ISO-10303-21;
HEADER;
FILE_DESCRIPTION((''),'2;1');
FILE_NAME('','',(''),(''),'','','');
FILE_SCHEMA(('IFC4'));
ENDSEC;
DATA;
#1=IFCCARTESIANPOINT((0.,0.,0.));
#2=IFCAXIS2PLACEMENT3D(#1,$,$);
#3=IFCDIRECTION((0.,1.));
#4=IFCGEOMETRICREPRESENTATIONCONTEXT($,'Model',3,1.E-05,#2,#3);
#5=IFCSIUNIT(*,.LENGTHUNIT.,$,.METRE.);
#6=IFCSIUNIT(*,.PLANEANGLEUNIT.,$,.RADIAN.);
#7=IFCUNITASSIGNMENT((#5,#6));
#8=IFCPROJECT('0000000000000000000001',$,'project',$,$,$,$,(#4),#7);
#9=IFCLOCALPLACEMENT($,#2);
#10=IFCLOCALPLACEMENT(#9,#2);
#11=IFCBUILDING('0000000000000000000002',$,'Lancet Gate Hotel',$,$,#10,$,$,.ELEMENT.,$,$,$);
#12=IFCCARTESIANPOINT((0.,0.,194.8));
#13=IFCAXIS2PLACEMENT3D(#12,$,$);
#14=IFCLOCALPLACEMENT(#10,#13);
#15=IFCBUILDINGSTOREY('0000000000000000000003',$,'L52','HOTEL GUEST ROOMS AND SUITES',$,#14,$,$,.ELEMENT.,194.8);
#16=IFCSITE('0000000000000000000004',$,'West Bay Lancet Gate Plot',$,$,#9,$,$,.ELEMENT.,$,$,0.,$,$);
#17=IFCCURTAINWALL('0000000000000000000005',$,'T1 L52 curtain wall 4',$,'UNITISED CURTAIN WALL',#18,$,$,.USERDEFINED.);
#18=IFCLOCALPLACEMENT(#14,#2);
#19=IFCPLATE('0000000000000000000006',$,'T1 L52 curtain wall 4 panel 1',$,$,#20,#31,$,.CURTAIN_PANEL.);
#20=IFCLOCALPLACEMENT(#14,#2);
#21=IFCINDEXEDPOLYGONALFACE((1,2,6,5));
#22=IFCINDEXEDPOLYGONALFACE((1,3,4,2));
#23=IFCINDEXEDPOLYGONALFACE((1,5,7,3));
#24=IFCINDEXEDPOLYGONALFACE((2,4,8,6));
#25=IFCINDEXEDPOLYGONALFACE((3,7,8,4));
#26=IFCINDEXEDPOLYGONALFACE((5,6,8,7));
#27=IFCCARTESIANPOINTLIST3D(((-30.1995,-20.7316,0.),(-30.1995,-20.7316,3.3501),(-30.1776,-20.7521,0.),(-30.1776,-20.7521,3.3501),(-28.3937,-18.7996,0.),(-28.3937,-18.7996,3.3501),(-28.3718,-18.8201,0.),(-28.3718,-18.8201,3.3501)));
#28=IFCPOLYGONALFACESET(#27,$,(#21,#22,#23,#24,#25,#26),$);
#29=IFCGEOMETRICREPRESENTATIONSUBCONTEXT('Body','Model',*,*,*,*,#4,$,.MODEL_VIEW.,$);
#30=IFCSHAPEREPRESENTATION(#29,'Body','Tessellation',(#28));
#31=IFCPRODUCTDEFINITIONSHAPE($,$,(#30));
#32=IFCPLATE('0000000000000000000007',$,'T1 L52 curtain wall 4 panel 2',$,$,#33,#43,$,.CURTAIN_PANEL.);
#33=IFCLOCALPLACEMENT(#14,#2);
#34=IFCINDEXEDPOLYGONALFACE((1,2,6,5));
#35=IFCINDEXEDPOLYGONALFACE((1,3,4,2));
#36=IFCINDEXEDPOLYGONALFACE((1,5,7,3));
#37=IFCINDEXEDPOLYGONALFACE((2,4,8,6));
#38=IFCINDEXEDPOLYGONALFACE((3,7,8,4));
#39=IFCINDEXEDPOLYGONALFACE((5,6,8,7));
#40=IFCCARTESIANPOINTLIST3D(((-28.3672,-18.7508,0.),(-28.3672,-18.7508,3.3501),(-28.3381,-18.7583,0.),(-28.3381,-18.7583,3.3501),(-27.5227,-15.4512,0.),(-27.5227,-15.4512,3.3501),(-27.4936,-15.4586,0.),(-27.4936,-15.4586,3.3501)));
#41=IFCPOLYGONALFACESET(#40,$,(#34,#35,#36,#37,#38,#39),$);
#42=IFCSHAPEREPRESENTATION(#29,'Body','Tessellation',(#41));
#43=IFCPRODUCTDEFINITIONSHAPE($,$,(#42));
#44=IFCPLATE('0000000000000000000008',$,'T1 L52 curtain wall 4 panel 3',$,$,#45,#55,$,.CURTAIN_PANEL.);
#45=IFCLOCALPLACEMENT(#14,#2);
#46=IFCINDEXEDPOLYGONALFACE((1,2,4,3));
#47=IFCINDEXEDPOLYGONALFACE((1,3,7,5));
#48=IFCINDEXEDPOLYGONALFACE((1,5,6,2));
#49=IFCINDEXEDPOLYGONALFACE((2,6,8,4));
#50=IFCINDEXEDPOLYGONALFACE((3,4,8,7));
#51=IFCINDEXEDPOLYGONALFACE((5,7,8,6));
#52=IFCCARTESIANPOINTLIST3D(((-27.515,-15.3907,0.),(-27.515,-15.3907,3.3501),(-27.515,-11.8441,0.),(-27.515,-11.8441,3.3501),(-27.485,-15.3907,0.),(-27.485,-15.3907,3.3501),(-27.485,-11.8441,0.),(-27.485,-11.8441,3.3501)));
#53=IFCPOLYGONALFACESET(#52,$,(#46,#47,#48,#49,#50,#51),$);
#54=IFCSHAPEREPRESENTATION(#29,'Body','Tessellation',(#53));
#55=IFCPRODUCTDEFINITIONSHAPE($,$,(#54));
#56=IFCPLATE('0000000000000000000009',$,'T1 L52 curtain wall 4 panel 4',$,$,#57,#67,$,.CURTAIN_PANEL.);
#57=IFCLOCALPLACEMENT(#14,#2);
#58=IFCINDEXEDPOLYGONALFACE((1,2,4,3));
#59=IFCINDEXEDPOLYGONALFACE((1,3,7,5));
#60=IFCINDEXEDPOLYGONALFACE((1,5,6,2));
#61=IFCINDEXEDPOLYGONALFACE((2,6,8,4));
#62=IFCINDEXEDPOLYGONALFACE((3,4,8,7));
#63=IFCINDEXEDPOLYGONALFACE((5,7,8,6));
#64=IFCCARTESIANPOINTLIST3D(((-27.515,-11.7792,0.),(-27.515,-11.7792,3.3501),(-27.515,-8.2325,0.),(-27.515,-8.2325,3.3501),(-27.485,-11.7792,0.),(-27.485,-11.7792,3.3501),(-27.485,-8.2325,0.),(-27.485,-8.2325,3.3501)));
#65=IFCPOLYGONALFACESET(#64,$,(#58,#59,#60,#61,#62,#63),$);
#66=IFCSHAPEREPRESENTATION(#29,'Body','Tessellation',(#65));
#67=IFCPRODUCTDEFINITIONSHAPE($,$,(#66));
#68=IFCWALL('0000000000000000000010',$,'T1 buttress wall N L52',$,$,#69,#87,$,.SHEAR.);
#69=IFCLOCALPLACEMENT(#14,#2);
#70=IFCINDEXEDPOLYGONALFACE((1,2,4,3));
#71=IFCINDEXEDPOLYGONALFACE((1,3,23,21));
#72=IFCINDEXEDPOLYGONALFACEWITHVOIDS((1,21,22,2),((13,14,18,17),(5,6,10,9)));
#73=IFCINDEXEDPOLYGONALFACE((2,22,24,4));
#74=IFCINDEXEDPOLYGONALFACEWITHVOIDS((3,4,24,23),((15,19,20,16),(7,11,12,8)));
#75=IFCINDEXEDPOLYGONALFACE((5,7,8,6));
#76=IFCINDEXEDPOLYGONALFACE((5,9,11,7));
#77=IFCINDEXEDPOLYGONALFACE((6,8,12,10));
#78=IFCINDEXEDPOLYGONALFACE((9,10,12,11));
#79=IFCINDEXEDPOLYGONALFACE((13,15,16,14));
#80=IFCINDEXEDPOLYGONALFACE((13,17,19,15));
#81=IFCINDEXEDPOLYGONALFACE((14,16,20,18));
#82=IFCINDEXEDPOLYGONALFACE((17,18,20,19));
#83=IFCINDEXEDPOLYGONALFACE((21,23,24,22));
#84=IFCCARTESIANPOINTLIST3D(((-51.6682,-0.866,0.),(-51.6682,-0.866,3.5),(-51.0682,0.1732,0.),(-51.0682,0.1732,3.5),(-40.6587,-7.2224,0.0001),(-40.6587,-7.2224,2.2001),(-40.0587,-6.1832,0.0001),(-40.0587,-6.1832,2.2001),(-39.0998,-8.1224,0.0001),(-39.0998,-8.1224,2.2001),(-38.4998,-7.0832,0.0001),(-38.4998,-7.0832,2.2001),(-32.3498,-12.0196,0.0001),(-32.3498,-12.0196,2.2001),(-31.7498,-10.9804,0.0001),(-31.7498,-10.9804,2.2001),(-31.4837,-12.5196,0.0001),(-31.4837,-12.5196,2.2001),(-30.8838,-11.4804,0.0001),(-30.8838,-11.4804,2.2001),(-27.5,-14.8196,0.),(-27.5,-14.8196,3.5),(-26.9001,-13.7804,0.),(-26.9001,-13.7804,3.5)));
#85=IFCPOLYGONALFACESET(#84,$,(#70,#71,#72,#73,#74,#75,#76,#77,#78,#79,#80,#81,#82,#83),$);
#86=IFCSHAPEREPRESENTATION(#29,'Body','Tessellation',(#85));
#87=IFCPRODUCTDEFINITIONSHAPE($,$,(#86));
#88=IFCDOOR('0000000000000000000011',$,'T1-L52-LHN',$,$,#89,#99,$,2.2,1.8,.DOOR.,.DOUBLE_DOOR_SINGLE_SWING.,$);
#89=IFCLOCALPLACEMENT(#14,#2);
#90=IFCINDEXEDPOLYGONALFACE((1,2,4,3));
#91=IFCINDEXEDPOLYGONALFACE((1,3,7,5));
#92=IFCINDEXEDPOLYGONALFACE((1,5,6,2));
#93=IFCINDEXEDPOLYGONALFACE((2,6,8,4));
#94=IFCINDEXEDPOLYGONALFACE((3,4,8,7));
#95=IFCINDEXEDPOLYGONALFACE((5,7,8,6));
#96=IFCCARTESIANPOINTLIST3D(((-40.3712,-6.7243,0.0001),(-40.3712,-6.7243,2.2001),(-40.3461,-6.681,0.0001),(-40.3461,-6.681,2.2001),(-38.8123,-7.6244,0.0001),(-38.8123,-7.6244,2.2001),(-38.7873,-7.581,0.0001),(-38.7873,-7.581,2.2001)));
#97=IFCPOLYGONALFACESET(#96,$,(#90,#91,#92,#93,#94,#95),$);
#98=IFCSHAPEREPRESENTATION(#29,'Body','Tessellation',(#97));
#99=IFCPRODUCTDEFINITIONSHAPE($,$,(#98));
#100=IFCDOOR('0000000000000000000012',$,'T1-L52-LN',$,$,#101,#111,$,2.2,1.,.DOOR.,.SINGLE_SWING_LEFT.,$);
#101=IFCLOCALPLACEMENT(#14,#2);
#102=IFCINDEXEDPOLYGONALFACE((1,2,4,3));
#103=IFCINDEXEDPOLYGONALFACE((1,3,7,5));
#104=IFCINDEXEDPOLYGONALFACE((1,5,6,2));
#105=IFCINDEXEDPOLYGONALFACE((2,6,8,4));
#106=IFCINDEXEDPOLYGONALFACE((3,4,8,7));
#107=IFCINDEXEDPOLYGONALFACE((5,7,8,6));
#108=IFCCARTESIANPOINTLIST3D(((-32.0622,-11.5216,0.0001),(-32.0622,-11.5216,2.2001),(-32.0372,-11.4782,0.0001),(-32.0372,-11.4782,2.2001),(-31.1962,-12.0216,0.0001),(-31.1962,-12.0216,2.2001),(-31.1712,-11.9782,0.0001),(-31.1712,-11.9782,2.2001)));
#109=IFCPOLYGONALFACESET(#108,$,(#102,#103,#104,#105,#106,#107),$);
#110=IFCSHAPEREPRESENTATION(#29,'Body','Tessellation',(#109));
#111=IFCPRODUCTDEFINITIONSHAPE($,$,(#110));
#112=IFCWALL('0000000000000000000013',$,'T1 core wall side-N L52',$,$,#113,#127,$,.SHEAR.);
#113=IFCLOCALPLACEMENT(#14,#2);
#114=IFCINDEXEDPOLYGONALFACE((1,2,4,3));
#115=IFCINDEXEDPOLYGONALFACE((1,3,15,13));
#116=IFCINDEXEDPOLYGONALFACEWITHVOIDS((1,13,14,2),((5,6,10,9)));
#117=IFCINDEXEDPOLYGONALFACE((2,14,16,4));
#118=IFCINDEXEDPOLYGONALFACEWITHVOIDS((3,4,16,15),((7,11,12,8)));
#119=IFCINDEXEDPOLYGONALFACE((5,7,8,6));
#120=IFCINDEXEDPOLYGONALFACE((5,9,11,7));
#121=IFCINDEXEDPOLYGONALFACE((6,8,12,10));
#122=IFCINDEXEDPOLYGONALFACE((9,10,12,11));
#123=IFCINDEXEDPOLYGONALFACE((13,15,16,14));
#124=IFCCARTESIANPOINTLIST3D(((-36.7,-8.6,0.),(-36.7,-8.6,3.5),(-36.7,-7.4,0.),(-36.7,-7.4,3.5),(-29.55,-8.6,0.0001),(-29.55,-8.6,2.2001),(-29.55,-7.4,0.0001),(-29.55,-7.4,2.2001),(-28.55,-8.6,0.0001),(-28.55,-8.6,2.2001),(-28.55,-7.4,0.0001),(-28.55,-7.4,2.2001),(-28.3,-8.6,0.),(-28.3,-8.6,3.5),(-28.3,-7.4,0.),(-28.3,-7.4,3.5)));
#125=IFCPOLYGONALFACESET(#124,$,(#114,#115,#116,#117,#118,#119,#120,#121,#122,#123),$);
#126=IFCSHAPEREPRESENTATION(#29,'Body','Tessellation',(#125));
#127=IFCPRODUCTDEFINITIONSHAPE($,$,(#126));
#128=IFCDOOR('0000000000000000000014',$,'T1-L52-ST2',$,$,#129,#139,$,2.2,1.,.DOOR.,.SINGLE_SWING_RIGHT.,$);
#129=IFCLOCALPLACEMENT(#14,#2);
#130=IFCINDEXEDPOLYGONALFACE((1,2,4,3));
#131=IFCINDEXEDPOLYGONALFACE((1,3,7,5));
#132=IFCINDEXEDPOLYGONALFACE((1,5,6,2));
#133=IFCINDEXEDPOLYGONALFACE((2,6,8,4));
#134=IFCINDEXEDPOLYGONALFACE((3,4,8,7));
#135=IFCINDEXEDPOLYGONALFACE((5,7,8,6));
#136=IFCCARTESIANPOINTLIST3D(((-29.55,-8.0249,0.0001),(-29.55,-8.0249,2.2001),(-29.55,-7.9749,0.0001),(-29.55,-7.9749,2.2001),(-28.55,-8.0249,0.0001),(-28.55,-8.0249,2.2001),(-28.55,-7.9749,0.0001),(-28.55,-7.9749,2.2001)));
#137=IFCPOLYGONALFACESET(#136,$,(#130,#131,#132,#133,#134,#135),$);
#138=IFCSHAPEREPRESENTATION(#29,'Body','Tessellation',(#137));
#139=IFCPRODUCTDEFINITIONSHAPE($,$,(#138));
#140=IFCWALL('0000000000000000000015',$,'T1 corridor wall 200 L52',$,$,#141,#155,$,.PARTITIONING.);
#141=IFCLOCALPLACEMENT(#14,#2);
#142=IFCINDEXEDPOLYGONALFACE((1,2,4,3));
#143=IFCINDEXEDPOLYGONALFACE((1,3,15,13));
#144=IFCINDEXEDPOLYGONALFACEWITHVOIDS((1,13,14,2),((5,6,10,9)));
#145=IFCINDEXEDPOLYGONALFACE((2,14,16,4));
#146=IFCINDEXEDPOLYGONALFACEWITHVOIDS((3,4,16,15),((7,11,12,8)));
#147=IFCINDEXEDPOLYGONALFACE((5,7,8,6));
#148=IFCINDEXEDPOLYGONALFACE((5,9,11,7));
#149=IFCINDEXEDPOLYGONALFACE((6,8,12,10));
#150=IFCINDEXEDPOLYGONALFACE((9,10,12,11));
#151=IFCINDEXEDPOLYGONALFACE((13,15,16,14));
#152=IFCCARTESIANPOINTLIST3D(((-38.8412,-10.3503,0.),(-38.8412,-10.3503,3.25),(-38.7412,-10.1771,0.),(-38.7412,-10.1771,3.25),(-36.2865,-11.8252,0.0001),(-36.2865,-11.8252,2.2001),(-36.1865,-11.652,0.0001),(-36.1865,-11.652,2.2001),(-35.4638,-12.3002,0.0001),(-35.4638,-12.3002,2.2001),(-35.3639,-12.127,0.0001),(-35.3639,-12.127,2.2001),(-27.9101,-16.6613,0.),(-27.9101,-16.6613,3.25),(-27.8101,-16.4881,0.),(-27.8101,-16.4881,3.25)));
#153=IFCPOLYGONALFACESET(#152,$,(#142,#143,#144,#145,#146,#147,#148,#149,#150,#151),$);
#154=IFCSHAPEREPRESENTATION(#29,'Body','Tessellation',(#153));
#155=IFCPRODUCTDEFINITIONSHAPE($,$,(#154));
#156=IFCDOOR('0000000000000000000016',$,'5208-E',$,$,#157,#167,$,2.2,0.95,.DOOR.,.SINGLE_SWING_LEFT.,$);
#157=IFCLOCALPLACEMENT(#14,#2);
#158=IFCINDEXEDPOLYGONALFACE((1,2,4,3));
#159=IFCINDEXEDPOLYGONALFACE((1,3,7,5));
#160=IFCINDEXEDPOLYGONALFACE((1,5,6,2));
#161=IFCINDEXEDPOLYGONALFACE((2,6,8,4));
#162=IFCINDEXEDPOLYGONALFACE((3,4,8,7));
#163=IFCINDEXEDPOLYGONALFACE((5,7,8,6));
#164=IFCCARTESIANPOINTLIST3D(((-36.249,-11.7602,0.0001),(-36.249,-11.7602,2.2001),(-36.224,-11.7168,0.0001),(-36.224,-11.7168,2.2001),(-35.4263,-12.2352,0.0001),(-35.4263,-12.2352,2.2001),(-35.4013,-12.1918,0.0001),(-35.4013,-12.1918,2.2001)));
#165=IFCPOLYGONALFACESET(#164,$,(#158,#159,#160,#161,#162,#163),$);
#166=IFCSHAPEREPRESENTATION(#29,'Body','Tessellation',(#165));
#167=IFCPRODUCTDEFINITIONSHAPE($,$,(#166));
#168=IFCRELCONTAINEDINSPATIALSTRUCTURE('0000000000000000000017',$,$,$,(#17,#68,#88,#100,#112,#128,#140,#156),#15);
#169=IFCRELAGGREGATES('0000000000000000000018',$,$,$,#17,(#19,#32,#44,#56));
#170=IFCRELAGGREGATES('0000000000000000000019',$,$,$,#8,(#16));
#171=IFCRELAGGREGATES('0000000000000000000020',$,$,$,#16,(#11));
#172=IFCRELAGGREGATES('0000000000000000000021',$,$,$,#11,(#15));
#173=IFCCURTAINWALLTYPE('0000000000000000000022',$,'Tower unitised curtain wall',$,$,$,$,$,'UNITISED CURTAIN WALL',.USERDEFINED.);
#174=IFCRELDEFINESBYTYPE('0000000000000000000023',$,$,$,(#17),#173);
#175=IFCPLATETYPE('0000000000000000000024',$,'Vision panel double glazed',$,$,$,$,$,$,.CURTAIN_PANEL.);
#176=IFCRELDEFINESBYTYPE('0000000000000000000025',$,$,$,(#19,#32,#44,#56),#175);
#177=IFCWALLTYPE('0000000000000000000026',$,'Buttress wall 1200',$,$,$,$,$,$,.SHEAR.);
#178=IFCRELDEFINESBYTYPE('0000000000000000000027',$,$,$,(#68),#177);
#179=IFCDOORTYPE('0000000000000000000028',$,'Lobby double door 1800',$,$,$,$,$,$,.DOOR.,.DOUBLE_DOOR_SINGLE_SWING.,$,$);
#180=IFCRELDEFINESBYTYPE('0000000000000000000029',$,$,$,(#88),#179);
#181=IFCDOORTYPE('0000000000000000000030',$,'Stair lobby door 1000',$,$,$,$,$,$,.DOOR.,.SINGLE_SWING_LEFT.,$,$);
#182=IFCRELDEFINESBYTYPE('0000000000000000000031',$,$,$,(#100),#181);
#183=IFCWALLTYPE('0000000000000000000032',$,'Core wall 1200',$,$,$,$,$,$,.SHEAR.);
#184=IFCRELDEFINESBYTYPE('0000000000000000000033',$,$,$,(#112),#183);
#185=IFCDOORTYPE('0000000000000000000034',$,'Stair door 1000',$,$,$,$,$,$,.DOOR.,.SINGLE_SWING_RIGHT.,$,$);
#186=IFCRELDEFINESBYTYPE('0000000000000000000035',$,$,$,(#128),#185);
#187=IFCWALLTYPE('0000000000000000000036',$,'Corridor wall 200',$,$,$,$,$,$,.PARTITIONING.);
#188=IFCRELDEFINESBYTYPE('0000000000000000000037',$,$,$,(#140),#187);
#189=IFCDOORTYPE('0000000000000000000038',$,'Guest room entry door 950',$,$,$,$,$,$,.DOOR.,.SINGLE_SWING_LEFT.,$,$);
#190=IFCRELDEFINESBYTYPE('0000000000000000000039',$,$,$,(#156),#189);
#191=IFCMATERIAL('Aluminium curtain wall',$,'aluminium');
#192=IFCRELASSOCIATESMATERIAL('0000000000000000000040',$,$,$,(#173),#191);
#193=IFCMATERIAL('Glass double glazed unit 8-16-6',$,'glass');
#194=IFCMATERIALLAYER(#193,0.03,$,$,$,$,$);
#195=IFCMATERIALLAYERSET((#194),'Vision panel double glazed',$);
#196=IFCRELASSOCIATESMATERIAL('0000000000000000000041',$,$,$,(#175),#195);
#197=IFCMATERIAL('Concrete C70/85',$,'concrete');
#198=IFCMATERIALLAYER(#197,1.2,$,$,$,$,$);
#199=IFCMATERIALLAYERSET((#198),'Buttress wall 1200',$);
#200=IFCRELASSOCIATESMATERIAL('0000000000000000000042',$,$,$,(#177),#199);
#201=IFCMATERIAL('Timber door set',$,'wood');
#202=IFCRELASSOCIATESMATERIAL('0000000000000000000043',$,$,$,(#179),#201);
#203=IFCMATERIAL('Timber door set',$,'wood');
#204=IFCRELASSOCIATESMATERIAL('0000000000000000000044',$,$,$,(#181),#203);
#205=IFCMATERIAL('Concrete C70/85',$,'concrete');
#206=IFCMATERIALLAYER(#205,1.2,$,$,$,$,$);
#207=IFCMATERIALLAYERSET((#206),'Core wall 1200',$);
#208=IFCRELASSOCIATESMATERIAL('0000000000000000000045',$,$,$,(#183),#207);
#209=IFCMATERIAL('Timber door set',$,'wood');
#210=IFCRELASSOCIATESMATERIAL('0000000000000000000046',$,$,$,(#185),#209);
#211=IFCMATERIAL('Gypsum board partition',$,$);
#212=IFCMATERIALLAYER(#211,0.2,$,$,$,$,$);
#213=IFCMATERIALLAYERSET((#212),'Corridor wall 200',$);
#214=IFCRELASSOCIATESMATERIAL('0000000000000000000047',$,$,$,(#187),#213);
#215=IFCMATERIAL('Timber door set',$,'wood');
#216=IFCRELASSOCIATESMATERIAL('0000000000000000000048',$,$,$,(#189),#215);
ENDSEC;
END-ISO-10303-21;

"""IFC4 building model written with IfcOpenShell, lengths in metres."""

from ifc_helpers import new_model, si_unit, direction, frame, frame_2d, origin, origin_2d, place, context, subcontext, project, spatial, rectangle, extrude, material, layer, layer_set, type_object, element, fill, aggregate, save


model = new_model("IFC4")

# Units and contexts
model_context = context("Model", 3, precision=1e-05, world=origin(), true_north=direction((0.0, 1.0)))
body_context = subcontext(model_context, "Body", "Model", "MODEL_VIEW")
ifc_project = project(units=[si_unit("LENGTHUNIT", "METRE"), si_unit("PLANEANGLEUNIT", "RADIAN")], contexts=[model_context])

# Site, building, storey
site_placement = place(None, origin())
site = spatial("IfcSite", under=ifc_project, at=site_placement, Name="West Bay Lancet Gate Plot", CompositionType="ELEMENT", RefElevation=0.0)
building_placement = place(site_placement, origin())
building = spatial("IfcBuilding", under=site, at=building_placement, Name="Lancet Gate Hotel", CompositionType="ELEMENT")
storey_placement = place(building_placement, frame((0.0, 0.0, 194.8)))
storey = spatial("IfcBuildingStorey", under=building, at=storey_placement, Name="L52", Description="HOTEL GUEST ROOMS AND SUITES", CompositionType="ELEMENT", Elevation=194.8)

# Curtain wall
ifc_material_1 = material(Name="Aluminium curtain wall", Category="aluminium")
curtain_wall_type = type_object("IfcCurtainWallType", Name="Tower unitised curtain wall", ElementType="UNITISED CURTAIN WALL", PredefinedType="USERDEFINED", material=ifc_material_1)
curtain_wall_placement = place(storey_placement, origin())
curtain_wall = element("IfcCurtainWall", 1, at=curtain_wall_placement, inside=storey, type_object=curtain_wall_type, Name="T1 L52 curtain wall 4", ObjectType="UNITISED CURTAIN WALL", PredefinedType="USERDEFINED")

# Plates
ifc_material_2 = material(Name="Glass double glazed unit 8-16-6", Category="glass")
ifc_layer_1 = layer(ifc_material_2, 0.03)
ifc_layer_set_1 = layer_set([ifc_layer_1], Name="Vision panel double glazed")
plate_type = type_object("IfcPlateType", Name="Vision panel double glazed", PredefinedType="CURTAIN_PANEL", material=ifc_layer_set_1)
plate_1_placement = place(storey_placement, frame((-29.2856, -19.7759, 0.0), z_axis=(0.0, 0.0, 1.0), x_axis=(0.682845, 0.730563, 0.0)))
plate_1 = element("IfcPlate", 2, at=plate_1_placement, type_object=plate_type, Name="T1 L52 curtain wall 4 panel 1", PredefinedType="CURTAIN_PANEL", context=body_context, shape_type="SweptSolid", body=[
    extrude(rectangle(XDim=2.6445, YDim=0.03, at=origin_2d()), origin(), (0.0, 0.0, 1.0), 3.3501),
])
plate_2_placement = place(storey_placement, frame((-27.9304, -17.1047, 0.0), z_axis=(0.0, 0.0, 1.0), x_axis=(0.247937, 0.968776, 0.0)))
plate_2 = element("IfcPlate", 3, at=plate_2_placement, type_object=plate_type, Name="T1 L52 curtain wall 4 panel 2", PredefinedType="CURTAIN_PANEL", context=body_context, shape_type="SweptSolid", body=[
    extrude(rectangle(XDim=3.406, YDim=0.03, at=origin_2d()), origin(), (0.0, 0.0, 1.0), 3.3501),
])
plate_3_placement = place(storey_placement, frame((-27.5, -13.6174, 0.0), z_axis=(0.0, 0.0, 1.0), x_axis=(0.0, 1.0, 0.0)))
plate_3 = element("IfcPlate", 4, at=plate_3_placement, type_object=plate_type, Name="T1 L52 curtain wall 4 panel 3", PredefinedType="CURTAIN_PANEL", context=body_context, shape_type="SweptSolid", body=[
    extrude(rectangle(XDim=3.5466, YDim=0.03, at=origin_2d()), origin(), (0.0, 0.0, 1.0), 3.3501),
])
plate_4_placement = place(storey_placement, frame((-27.5, -10.0059, 0.0), z_axis=(0.0, 0.0, 1.0), x_axis=(0.0, 1.0, 0.0)))
plate_4 = element("IfcPlate", 5, at=plate_4_placement, type_object=plate_type, Name="T1 L52 curtain wall 4 panel 4", PredefinedType="CURTAIN_PANEL", context=body_context, shape_type="SweptSolid", body=[
    extrude(rectangle(XDim=3.5466, YDim=0.03, at=origin_2d()), origin(), (0.0, 0.0, 1.0), 3.3501),
])
aggregate(curtain_wall, [plate_1, plate_2, plate_3, plate_4])

# Wall, openings, doors
ifc_material_3 = material(Name="Concrete C70/85", Category="concrete")
ifc_layer_2 = layer(ifc_material_3, 1.2)
ifc_layer_set_2 = layer_set([ifc_layer_2], Name="Buttress wall 1200")
wall_type_1 = type_object("IfcWallType", Name="Buttress wall 1200", PredefinedType="SHEAR", material=ifc_layer_set_2)
wall_1_placement = place(storey_placement, frame((-27.2, -14.3, 0.0), z_axis=(0.0, 0.0, 1.0), x_axis=(-0.866024, 0.500002, 0.0)))
wall_1 = element("IfcWall", 6, at=wall_1_placement, inside=storey, type_object=wall_type_1, Name="T1 buttress wall N L52", PredefinedType="SHEAR", context=body_context, shape_type="SweptSolid", body=[
    extrude(rectangle(XDim=27.907, YDim=1.2, at=frame_2d((13.9536, 0.0))), origin(), (0.0, 0.0, 1.0), 3.5),
])
opening_1_placement = place(wall_1_placement, frame((4.6001, 0.0, 0.0)))
opening_1 = element("IfcOpeningElement", 7, at=opening_1_placement, cuts=wall_1, PredefinedType="OPENING", context=body_context, shape_type="SweptSolid", body=[
    extrude(rectangle(XDim=1.0, YDim=2.2, at=frame_2d((0.5, 1.1001))), frame((0.0, 0.6099, 0.0), z_axis=(0.0, -1.0, 0.0), x_axis=(1.0, 0.0, 0.0)), (0.0, 0.0, 1.0), 1.22),
])
opening_2_placement = place(wall_1_placement, frame((13.3945, 0.0, 0.0)))
opening_2 = element("IfcOpeningElement", 8, at=opening_2_placement, cuts=wall_1, PredefinedType="OPENING", context=body_context, shape_type="SweptSolid", body=[
    extrude(rectangle(XDim=1.8, YDim=2.2, at=frame_2d((0.8999, 1.1001))), frame((0.0, 0.6099, 0.0), z_axis=(0.0, -1.0, 0.0), x_axis=(1.0, 0.0, 0.0)), (0.0, 0.0, 1.0), 1.22),
])
ifc_material_4 = material(Name="Timber door set", Category="wood")
door_type_1 = type_object("IfcDoorType", Name="Lobby double door 1800", OperationType="DOUBLE_DOOR_SINGLE_SWING", PredefinedType="DOOR", material=ifc_material_4)
door_1_placement = place(opening_2_placement, origin())
door_1 = element("IfcDoor", 9, at=door_1_placement, inside=storey, type_object=door_type_1, Name="T1-L52-LHN", OperationType="DOUBLE_DOOR_SINGLE_SWING", OverallHeight=2.2, OverallWidth=1.8, PredefinedType="DOOR", context=body_context, shape_type="SweptSolid", body=[
    extrude(rectangle(XDim=1.8, YDim=2.2, at=frame_2d((0.8999, 1.1001))), frame((0.0, 0.0249, 0.0), z_axis=(0.0, -1.0, 0.0), x_axis=(1.0, 0.0, 0.0)), (0.0, 0.0, 1.0), 0.05),
])
fill(opening_2, door_1)
ifc_material_5 = material(Name="Timber door set", Category="wood")
door_type_2 = type_object("IfcDoorType", Name="Stair lobby door 1000", OperationType="SINGLE_SWING_LEFT", PredefinedType="DOOR", material=ifc_material_5)
door_2_placement = place(opening_1_placement, origin())
door_2 = element("IfcDoor", 10, at=door_2_placement, inside=storey, type_object=door_type_2, Name="T1-L52-LN", OperationType="SINGLE_SWING_LEFT", OverallHeight=2.2, OverallWidth=1.0, PredefinedType="DOOR", context=body_context, shape_type="SweptSolid", body=[
    extrude(rectangle(XDim=1.0, YDim=2.2, at=frame_2d((0.5, 1.1001))), frame((0.0, 0.0249, 0.0), z_axis=(0.0, -1.0, 0.0), x_axis=(1.0, 0.0, 0.0)), (0.0, 0.0, 1.0), 0.05),
])
fill(opening_1, door_2)

# Walls, openings, doors
ifc_material_6 = material(Name="Concrete C70/85", Category="concrete")
ifc_layer_3 = layer(ifc_material_6, 1.2)
ifc_layer_set_3 = layer_set([ifc_layer_3], Name="Core wall 1200")
wall_type_2 = type_object("IfcWallType", Name="Core wall 1200", PredefinedType="SHEAR", material=ifc_layer_set_3)
wall_2_placement = place(storey_placement, frame((-28.3, -8.0, 0.0), z_axis=(0.0, 0.0, 1.0), x_axis=(-1.0, 0.0, 0.0)))
wall_2 = element("IfcWall", 11, at=wall_2_placement, inside=storey, type_object=wall_type_2, Name="T1 core wall side-N L52", PredefinedType="SHEAR", context=body_context, shape_type="SweptSolid", body=[
    extrude(rectangle(XDim=8.3999, YDim=1.2, at=frame_2d((4.2, 0.0))), origin(), (0.0, 0.0, 1.0), 3.5),
])
opening_3_placement = place(wall_2_placement, frame((0.25, 0.0, 0.0)))
opening_3 = element("IfcOpeningElement", 12, at=opening_3_placement, cuts=wall_2, PredefinedType="OPENING", context=body_context, shape_type="SweptSolid", body=[
    extrude(rectangle(XDim=1.0, YDim=2.2, at=frame_2d((0.5, 1.1001))), frame((0.0, 0.6099, 0.0), z_axis=(0.0, -1.0, 0.0), x_axis=(1.0, 0.0, 0.0)), (0.0, 0.0, 1.0), 1.22),
])
ifc_material_7 = material(Name="Timber door set", Category="wood")
door_type_3 = type_object("IfcDoorType", Name="Stair door 1000", OperationType="SINGLE_SWING_RIGHT", PredefinedType="DOOR", material=ifc_material_7)
door_3_placement = place(opening_3_placement, origin())
door_3 = element("IfcDoor", 13, at=door_3_placement, inside=storey, type_object=door_type_3, Name="T1-L52-ST2", OperationType="SINGLE_SWING_RIGHT", OverallHeight=2.2, OverallWidth=1.0, PredefinedType="DOOR", context=body_context, shape_type="SweptSolid", body=[
    extrude(rectangle(XDim=1.0, YDim=2.2, at=frame_2d((0.5, 1.1001))), frame((0.0, 0.0249, 0.0), z_axis=(0.0, -1.0, 0.0), x_axis=(1.0, 0.0, 0.0)), (0.0, 0.0, 1.0), 0.05),
])
fill(opening_3, door_3)
ifc_material_8 = material(Name="Gypsum board partition")
ifc_layer_4 = layer(ifc_material_8, 0.2)
ifc_layer_set_4 = layer_set([ifc_layer_4], Name="Corridor wall 200")
wall_type_3 = type_object("IfcWallType", Name="Corridor wall 200", PredefinedType="PARTITIONING", material=ifc_layer_set_4)
wall_3_placement = place(storey_placement, frame((-27.8601, -16.5747, 0.0), z_axis=(0.0, 0.0, 1.0), x_axis=(-0.866028, 0.499996, 0.0)))
wall_3 = element("IfcWall", 14, at=wall_3_placement, inside=storey, type_object=wall_type_3, Name="T1 corridor wall 200 L52", PredefinedType="PARTITIONING", context=body_context, shape_type="SweptSolid", body=[
    extrude(rectangle(XDim=12.6221, YDim=0.2, at=frame_2d((6.311, 0.0))), origin(), (0.0, 0.0, 1.0), 3.25),
])
opening_4_placement = place(wall_3_placement, frame((8.7222, 0.0, 0.0)))
opening_4 = element("IfcOpeningElement", 15, at=opening_4_placement, cuts=wall_3, PredefinedType="OPENING", context=body_context, shape_type="SweptSolid", body=[
    extrude(rectangle(XDim=0.95, YDim=2.2, at=frame_2d((0.4751, 1.1001))), frame((0.0, 0.1099, 0.0), z_axis=(0.0, -1.0, 0.0), x_axis=(1.0, 0.0, 0.0)), (0.0, 0.0, 1.0), 0.22),
])
ifc_material_9 = material(Name="Timber door set", Category="wood")
door_type_4 = type_object("IfcDoorType", Name="Guest room entry door 950", OperationType="SINGLE_SWING_LEFT", PredefinedType="DOOR", material=ifc_material_9)
door_4_placement = place(opening_4_placement, origin())
door_4 = element("IfcDoor", 16, at=door_4_placement, inside=storey, type_object=door_type_4, Name="5208-E", OperationType="SINGLE_SWING_LEFT", OverallHeight=2.2, OverallWidth=0.95, PredefinedType="DOOR", context=body_context, shape_type="SweptSolid", body=[
    extrude(rectangle(XDim=0.95, YDim=2.2, at=frame_2d((0.4751, 1.1001))), frame((0.0, 0.0249, 0.0), z_axis=(0.0, -1.0, 0.0), x_axis=(1.0, 0.0, 0.0)), (0.0, 0.0, 1.0), 0.05),
])
fill(opening_4, door_4)

save(model, "model.ifc")
